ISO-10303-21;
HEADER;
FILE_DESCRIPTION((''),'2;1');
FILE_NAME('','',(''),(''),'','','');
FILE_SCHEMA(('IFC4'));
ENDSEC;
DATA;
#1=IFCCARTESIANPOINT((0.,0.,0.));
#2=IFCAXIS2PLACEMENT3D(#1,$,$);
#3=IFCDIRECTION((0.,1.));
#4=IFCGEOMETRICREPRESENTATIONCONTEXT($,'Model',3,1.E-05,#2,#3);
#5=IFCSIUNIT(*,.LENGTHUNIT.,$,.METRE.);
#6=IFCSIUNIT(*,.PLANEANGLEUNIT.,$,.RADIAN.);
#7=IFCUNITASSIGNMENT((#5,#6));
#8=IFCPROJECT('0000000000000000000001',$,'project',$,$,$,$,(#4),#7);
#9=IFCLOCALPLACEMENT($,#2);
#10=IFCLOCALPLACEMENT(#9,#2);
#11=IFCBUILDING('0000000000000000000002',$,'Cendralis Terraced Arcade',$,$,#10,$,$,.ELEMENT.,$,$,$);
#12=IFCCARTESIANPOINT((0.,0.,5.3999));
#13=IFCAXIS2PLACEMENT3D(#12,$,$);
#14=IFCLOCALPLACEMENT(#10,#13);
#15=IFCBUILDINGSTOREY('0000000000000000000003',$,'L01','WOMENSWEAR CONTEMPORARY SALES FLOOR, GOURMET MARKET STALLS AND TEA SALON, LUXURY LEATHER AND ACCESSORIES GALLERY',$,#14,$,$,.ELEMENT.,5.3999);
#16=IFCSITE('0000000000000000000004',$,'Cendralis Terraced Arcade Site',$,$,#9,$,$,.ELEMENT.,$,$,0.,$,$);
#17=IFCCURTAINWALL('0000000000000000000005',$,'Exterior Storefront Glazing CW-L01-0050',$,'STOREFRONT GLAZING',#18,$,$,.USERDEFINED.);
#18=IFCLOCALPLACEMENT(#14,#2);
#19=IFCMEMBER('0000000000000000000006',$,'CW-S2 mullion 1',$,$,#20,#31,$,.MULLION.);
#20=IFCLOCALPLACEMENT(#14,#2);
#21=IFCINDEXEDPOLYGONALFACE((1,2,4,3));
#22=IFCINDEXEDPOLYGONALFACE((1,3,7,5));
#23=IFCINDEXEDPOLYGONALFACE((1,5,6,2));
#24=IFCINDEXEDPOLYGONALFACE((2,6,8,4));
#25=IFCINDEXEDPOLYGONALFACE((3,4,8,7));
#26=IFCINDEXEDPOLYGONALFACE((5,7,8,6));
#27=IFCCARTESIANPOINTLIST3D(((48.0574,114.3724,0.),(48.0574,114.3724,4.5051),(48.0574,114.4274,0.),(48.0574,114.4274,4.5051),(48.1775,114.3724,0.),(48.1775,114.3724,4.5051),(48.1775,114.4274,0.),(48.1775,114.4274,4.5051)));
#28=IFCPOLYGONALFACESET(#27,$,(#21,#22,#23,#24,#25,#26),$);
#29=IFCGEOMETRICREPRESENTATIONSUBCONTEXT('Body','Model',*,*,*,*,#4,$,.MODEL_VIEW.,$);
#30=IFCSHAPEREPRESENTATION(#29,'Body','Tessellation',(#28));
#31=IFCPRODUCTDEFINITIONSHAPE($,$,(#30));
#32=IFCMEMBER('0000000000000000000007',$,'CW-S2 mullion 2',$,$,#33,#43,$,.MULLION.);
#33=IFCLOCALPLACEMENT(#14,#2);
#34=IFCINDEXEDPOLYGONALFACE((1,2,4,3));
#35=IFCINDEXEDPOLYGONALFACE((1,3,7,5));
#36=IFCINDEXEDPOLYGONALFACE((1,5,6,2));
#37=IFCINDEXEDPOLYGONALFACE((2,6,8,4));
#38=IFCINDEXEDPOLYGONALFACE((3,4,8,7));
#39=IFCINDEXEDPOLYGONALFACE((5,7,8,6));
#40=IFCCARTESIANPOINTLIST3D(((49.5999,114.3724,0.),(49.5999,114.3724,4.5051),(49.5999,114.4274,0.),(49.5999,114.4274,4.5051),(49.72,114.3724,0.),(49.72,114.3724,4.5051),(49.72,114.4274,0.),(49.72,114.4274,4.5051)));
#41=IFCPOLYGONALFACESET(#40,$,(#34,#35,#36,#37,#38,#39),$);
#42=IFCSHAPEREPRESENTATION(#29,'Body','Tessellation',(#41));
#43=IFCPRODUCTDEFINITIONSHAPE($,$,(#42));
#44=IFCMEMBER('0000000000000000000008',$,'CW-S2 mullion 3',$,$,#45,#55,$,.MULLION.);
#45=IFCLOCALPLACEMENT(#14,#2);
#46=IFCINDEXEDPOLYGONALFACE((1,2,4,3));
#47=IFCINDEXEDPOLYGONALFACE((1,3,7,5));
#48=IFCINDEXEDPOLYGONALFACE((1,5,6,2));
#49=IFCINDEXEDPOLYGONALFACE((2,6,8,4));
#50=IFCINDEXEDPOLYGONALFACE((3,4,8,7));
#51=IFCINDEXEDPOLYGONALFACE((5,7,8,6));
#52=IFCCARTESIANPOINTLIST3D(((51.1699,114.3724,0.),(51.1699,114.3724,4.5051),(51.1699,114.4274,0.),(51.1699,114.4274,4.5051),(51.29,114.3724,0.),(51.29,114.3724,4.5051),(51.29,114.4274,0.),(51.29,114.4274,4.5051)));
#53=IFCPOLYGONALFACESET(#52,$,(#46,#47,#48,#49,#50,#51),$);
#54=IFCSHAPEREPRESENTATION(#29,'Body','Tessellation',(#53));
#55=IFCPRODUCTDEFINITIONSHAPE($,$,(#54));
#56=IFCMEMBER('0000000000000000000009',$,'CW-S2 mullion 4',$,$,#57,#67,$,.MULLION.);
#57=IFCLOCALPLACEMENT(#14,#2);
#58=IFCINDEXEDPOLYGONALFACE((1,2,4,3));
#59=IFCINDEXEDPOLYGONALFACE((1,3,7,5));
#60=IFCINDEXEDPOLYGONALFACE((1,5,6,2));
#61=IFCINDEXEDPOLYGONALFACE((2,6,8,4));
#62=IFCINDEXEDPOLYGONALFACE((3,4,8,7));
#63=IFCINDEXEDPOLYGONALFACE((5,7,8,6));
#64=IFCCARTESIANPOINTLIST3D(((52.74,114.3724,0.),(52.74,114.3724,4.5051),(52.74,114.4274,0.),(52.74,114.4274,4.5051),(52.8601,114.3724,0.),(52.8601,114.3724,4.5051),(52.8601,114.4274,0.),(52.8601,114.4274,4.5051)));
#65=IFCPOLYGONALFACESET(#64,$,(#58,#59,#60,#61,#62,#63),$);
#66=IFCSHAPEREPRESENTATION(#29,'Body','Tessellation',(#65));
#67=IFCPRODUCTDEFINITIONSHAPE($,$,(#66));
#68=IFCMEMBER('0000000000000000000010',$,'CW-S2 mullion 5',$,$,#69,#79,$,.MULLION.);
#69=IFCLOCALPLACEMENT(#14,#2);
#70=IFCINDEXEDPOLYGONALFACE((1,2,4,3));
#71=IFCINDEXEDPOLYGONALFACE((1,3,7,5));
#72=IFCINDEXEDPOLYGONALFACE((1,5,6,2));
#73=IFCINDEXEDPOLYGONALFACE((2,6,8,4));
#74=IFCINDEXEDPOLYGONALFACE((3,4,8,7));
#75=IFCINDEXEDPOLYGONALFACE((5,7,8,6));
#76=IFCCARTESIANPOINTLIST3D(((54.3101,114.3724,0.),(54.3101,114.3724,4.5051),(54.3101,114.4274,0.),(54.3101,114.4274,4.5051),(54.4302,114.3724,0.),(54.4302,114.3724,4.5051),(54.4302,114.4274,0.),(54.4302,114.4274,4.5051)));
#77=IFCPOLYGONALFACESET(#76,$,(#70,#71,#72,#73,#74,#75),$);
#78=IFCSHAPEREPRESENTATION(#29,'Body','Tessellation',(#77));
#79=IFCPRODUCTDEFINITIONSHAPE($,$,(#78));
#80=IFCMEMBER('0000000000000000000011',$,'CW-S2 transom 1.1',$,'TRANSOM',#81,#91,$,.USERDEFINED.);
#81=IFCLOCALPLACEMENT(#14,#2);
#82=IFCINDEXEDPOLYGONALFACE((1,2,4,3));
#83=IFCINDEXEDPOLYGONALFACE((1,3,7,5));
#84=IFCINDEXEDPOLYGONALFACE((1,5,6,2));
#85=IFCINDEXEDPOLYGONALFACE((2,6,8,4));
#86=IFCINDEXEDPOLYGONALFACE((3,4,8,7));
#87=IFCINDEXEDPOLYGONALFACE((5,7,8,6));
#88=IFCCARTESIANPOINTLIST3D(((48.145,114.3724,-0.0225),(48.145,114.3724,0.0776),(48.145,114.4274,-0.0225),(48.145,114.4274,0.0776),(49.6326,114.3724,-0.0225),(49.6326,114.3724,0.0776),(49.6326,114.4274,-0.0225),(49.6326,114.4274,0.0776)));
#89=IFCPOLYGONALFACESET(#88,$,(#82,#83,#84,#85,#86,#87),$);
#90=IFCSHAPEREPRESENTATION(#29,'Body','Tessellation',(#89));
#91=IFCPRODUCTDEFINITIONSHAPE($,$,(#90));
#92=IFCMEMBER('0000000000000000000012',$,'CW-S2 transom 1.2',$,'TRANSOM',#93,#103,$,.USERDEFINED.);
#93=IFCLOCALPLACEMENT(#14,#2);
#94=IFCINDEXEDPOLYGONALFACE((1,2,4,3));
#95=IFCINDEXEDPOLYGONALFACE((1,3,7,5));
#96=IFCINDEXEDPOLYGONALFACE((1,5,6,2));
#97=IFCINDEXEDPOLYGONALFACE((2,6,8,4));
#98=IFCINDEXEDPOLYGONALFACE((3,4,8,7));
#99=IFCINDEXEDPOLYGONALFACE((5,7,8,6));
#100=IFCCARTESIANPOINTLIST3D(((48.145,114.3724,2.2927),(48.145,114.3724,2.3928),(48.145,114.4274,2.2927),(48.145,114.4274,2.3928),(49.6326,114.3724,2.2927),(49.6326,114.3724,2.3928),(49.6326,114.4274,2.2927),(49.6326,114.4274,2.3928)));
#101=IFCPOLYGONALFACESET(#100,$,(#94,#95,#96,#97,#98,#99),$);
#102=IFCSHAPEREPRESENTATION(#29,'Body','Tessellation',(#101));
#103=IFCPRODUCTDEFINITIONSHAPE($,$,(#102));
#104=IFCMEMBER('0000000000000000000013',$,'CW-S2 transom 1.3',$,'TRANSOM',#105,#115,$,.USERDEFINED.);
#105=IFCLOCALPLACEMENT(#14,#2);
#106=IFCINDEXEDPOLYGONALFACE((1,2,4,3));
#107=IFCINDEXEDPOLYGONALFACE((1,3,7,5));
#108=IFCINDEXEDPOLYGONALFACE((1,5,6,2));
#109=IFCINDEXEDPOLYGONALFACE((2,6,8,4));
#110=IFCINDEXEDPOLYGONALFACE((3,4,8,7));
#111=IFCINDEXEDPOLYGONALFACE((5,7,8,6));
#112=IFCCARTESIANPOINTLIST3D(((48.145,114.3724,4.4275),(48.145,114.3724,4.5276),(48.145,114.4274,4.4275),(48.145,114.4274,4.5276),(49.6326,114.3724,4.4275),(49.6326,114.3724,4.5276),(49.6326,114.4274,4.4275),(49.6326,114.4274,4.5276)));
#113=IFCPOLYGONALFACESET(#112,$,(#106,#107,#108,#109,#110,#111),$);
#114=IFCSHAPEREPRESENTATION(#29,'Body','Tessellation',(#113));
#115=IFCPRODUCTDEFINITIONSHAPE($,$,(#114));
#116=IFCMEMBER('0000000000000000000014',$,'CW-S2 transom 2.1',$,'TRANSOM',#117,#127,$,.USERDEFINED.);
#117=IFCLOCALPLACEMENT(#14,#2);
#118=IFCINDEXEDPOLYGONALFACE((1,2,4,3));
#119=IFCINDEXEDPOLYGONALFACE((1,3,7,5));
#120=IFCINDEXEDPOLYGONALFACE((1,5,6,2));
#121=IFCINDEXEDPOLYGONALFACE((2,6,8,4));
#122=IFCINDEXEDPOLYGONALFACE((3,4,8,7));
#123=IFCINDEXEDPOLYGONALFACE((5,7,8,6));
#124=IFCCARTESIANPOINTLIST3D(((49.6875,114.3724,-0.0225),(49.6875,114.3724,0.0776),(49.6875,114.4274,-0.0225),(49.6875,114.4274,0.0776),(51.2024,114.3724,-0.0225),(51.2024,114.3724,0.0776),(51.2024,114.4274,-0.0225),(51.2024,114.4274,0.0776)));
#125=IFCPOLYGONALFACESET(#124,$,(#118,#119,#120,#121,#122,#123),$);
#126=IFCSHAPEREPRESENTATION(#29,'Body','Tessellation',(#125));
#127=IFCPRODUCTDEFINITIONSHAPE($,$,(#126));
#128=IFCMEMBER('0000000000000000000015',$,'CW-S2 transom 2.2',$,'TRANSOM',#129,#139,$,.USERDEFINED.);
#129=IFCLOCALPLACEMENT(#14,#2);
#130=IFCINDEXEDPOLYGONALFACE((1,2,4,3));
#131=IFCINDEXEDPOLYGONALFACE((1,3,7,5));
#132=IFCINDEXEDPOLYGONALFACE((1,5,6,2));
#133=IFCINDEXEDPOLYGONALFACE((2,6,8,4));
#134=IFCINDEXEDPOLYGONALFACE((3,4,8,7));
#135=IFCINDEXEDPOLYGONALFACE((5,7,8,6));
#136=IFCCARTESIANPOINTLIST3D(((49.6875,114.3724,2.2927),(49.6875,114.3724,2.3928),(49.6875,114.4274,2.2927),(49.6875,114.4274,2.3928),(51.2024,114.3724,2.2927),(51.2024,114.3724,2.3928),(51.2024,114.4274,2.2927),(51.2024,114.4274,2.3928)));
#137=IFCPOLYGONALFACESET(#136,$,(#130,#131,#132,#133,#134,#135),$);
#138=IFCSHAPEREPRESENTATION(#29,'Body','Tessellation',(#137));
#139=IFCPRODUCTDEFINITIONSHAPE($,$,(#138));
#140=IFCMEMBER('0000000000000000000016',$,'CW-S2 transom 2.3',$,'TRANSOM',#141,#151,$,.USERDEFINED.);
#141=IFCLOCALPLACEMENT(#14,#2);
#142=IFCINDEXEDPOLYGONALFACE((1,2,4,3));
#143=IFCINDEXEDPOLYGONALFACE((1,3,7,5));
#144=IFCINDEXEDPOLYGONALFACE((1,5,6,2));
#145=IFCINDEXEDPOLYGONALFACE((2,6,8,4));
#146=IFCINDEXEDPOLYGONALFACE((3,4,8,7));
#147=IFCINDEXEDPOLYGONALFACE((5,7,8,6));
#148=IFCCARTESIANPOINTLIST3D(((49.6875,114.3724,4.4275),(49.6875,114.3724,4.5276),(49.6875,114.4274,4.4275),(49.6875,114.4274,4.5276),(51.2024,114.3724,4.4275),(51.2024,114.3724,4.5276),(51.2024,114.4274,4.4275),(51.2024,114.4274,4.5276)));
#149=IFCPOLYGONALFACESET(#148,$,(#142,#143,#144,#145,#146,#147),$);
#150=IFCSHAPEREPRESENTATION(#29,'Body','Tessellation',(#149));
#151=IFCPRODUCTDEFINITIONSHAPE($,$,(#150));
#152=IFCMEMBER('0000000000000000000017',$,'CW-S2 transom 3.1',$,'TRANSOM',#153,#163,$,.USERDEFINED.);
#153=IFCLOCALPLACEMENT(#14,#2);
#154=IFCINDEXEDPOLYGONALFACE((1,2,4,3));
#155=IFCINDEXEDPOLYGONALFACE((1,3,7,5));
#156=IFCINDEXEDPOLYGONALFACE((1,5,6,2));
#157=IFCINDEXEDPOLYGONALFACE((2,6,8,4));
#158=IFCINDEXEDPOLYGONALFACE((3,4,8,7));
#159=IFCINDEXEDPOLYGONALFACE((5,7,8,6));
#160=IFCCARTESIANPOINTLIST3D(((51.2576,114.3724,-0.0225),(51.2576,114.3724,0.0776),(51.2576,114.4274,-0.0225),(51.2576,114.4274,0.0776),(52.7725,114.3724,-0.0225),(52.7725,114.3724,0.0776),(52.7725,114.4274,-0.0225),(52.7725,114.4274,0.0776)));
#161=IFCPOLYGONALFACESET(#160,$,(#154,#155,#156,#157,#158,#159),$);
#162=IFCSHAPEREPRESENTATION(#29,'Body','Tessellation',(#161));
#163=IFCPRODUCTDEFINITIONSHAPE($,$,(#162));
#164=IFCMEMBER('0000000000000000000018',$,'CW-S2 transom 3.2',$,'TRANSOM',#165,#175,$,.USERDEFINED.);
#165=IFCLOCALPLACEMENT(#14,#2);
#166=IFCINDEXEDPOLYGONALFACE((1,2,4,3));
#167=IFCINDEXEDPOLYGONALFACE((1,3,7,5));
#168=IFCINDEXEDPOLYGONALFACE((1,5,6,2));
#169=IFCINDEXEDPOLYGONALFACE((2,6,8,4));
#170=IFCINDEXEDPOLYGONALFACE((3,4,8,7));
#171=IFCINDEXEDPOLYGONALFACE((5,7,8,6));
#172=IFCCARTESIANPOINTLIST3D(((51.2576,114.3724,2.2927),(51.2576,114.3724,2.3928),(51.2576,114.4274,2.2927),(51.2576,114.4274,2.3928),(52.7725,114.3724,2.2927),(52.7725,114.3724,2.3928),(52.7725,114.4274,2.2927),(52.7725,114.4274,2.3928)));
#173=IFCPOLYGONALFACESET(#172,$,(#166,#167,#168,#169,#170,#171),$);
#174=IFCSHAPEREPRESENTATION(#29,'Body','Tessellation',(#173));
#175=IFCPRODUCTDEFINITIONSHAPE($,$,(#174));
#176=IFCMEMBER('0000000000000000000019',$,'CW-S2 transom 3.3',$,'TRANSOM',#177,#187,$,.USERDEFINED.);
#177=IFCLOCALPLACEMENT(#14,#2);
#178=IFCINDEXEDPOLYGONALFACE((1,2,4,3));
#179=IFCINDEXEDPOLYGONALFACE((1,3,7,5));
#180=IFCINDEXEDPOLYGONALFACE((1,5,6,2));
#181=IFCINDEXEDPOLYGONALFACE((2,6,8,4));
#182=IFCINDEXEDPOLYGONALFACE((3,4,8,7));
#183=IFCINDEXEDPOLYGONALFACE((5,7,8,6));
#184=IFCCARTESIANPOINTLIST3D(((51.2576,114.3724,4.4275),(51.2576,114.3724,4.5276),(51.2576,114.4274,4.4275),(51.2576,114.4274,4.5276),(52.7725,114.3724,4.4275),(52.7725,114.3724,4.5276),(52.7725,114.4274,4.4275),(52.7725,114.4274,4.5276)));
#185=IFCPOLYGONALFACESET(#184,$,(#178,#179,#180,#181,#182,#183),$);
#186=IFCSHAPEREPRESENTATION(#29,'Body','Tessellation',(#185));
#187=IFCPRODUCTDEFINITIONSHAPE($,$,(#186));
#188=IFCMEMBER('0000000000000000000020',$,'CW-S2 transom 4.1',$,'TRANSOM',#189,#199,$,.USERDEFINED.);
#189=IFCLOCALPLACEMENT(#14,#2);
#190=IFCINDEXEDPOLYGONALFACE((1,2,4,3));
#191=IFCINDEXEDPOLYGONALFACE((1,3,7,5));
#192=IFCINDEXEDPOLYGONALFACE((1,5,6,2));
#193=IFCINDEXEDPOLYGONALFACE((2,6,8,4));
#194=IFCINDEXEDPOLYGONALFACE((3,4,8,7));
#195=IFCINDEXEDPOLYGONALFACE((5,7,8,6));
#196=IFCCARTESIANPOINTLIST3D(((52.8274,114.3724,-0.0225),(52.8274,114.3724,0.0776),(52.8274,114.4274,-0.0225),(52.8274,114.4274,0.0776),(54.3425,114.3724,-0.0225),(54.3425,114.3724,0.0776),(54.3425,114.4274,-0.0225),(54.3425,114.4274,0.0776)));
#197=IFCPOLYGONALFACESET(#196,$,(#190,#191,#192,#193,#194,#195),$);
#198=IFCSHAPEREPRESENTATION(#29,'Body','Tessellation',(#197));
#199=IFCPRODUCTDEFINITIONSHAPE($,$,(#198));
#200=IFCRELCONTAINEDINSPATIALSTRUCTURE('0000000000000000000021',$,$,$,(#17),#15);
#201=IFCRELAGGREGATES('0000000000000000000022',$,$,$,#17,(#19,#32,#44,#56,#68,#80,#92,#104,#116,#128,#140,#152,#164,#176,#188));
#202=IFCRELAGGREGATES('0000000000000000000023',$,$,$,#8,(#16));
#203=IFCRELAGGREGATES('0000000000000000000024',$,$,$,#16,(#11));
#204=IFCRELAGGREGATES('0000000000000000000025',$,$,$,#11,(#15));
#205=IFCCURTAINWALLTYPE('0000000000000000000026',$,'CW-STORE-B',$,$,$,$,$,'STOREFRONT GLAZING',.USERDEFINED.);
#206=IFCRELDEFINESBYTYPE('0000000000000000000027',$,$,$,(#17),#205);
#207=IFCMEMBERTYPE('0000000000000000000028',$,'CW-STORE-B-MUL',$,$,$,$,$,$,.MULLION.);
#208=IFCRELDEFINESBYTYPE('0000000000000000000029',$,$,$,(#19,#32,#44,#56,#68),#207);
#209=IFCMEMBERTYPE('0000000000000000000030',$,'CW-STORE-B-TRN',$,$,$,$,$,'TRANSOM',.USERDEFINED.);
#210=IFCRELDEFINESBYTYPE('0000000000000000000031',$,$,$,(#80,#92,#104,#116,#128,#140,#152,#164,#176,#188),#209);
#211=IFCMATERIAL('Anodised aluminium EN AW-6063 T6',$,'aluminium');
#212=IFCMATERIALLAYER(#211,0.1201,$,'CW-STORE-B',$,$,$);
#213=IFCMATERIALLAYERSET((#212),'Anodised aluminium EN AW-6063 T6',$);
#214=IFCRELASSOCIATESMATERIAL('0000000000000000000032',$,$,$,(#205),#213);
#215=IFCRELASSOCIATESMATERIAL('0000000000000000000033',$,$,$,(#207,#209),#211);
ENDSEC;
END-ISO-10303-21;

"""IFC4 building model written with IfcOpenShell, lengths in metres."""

from ifc_helpers import new_model, si_unit, direction, frame, origin, origin_2d, place, context, subcontext, project, spatial, rectangle, extrude, material, layer, layer_set, material_profile, profile_set, type_object, element, aggregate, save


model = new_model("IFC4")

# Units and contexts
model_context = context("Model", 3, precision=1e-05, world=origin(), true_north=direction((0.0, 1.0)))
body_context = subcontext(model_context, "Body", "Model", "MODEL_VIEW")
ifc_project = project(units=[si_unit("LENGTHUNIT", "METRE"), si_unit("PLANEANGLEUNIT", "RADIAN")], contexts=[model_context])

# Site, building, storey
site_placement = place(None, origin())
site = spatial("IfcSite", under=ifc_project, at=site_placement, Name="Cendralis Terraced Arcade Site", CompositionType="ELEMENT", RefElevation=0.0)
building_placement = place(site_placement, origin())
building = spatial("IfcBuilding", under=site, at=building_placement, Name="Cendralis Terraced Arcade", CompositionType="ELEMENT")
storey_placement = place(building_placement, frame((0.0, 0.0, 5.3999)))
storey = spatial("IfcBuildingStorey", under=building, at=storey_placement, Name="L01", Description="WOMENSWEAR CONTEMPORARY SALES FLOOR, GOURMET MARKET STALLS AND TEA SALON, LUXURY LEATHER AND ACCESSORIES GALLERY", CompositionType="ELEMENT", Elevation=5.3999)

# Curtain wall, members
ifc_material_1 = material(Name="Anodised aluminium EN AW-6063 T6", Category="aluminium")
ifc_layer_1 = layer(ifc_material_1, 0.1201, Name="CW-STORE-B")
ifc_layer_set_1 = layer_set([ifc_layer_1], Name="Anodised aluminium EN AW-6063 T6")
curtain_wall_type = type_object("IfcCurtainWallType", Name="CW-STORE-B", ElementType="STOREFRONT GLAZING", PredefinedType="USERDEFINED", material=ifc_layer_set_1)
curtain_wall_placement = place(storey_placement, origin())
curtain_wall = element("IfcCurtainWall", 1, at=curtain_wall_placement, inside=storey, type_object=curtain_wall_type, Name="Exterior Storefront Glazing CW-L01-0050", ObjectType="STOREFRONT GLAZING", PredefinedType="USERDEFINED")
ifc_material_profile_1 = material_profile(ifc_material_1, rectangle(XDim=0.0549, YDim=0.1201, at=origin_2d()), Name="ALU-MUL-55x120")
ifc_profile_set_1 = profile_set([ifc_material_profile_1], Name="Anodised aluminium EN AW-6063 T6")
member_type_1 = type_object("IfcMemberType", Name="CW-STORE-B-MUL", PredefinedType="MULLION", material=ifc_profile_set_1)
member_1_placement = place(storey_placement, frame((48.1174, 114.3999, 0.0), z_axis=(0.0, 0.0, 1.0), x_axis=(0.0, 1.0, 0.0)))
member_1 = element("IfcMember", 2, at=member_1_placement, type_object=member_type_1, Name="CW-S2 mullion 1", PredefinedType="MULLION", context=body_context, shape_type="SweptSolid", body=[
    extrude(rectangle(XDim=0.0549, YDim=0.1201, at=origin_2d()), origin(), (0.0, 0.0, 1.0), 4.5051),
])
member_2_placement = place(storey_placement, frame((49.6599, 114.3999, 0.0), z_axis=(0.0, 0.0, 1.0), x_axis=(0.0, 1.0, 0.0)))
member_2 = element("IfcMember", 3, at=member_2_placement, type_object=member_type_1, Name="CW-S2 mullion 2", PredefinedType="MULLION", context=body_context, shape_type="SweptSolid", body=[
    extrude(rectangle(XDim=0.0549, YDim=0.1201, at=origin_2d()), origin(), (0.0, 0.0, 1.0), 4.5051),
])
member_3_placement = place(storey_placement, frame((51.23, 114.3999, 0.0), z_axis=(0.0, 0.0, 1.0), x_axis=(0.0, 1.0, 0.0)))
member_3 = element("IfcMember", 4, at=member_3_placement, type_object=member_type_1, Name="CW-S2 mullion 3", PredefinedType="MULLION", context=body_context, shape_type="SweptSolid", body=[
    extrude(rectangle(XDim=0.0549, YDim=0.1201, at=origin_2d()), origin(), (0.0, 0.0, 1.0), 4.5051),
])
member_4_placement = place(storey_placement, frame((52.8, 114.3999, 0.0), z_axis=(0.0, 0.0, 1.0), x_axis=(0.0, 1.0, 0.0)))
member_4 = element("IfcMember", 5, at=member_4_placement, type_object=member_type_1, Name="CW-S2 mullion 4", PredefinedType="MULLION", context=body_context, shape_type="SweptSolid", body=[
    extrude(rectangle(XDim=0.0549, YDim=0.1201, at=origin_2d()), origin(), (0.0, 0.0, 1.0), 4.5051),
])
member_5_placement = place(storey_placement, frame((54.3701, 114.3999, 0.0), z_axis=(0.0, 0.0, 1.0), x_axis=(0.0, 1.0, 0.0)))
member_5 = element("IfcMember", 6, at=member_5_placement, type_object=member_type_1, Name="CW-S2 mullion 5", PredefinedType="MULLION", context=body_context, shape_type="SweptSolid", body=[
    extrude(rectangle(XDim=0.0549, YDim=0.1201, at=origin_2d()), origin(), (0.0, 0.0, 1.0), 4.5051),
])
ifc_material_profile_2 = material_profile(ifc_material_1, rectangle(XDim=0.0549, YDim=0.1001, at=origin_2d()), Name="ALU-TRN-55x100")
ifc_profile_set_2 = profile_set([ifc_material_profile_2], Name="Anodised aluminium EN AW-6063 T6")
member_type_2 = type_object("IfcMemberType", Name="CW-STORE-B-TRN", ElementType="TRANSOM", PredefinedType="USERDEFINED", material=ifc_profile_set_2)
member_6_placement = place(storey_placement, frame((48.145, 114.3999, 0.0276), z_axis=(1.0, 0.0, 0.0), x_axis=(0.0, 1.0, 0.0)))
member_6 = element("IfcMember", 7, at=member_6_placement, type_object=member_type_2, Name="CW-S2 transom 1.1", ObjectType="TRANSOM", PredefinedType="USERDEFINED", context=body_context, shape_type="SweptSolid", body=[
    extrude(rectangle(XDim=0.0549, YDim=0.1001, at=origin_2d()), origin(), (0.0, 0.0, 1.0), 1.4875),
])
member_7_placement = place(storey_placement, frame((48.145, 114.3999, 2.3428), z_axis=(1.0, 0.0, 0.0), x_axis=(0.0, 1.0, 0.0)))
member_7 = element("IfcMember", 8, at=member_7_placement, type_object=member_type_2, Name="CW-S2 transom 1.2", ObjectType="TRANSOM", PredefinedType="USERDEFINED", context=body_context, shape_type="SweptSolid", body=[
    extrude(rectangle(XDim=0.0549, YDim=0.1001, at=origin_2d()), origin(), (0.0, 0.0, 1.0), 1.4875),
])
member_8_placement = place(storey_placement, frame((48.145, 114.3999, 4.4775), z_axis=(1.0, 0.0, 0.0), x_axis=(0.0, 1.0, 0.0)))
member_8 = element("IfcMember", 9, at=member_8_placement, type_object=member_type_2, Name="CW-S2 transom 1.3", ObjectType="TRANSOM", PredefinedType="USERDEFINED", context=body_context, shape_type="SweptSolid", body=[
    extrude(rectangle(XDim=0.0549, YDim=0.1001, at=origin_2d()), origin(), (0.0, 0.0, 1.0), 1.4875),
])
member_9_placement = place(storey_placement, frame((49.6875, 114.3999, 0.0276), z_axis=(1.0, 0.0, 0.0), x_axis=(0.0, 1.0, 0.0)))
member_9 = element("IfcMember", 10, at=member_9_placement, type_object=member_type_2, Name="CW-S2 transom 2.1", ObjectType="TRANSOM", PredefinedType="USERDEFINED", context=body_context, shape_type="SweptSolid", body=[
    extrude(rectangle(XDim=0.0549, YDim=0.1001, at=origin_2d()), origin(), (0.0, 0.0, 1.0), 1.5149),
])
member_10_placement = place(storey_placement, frame((49.6875, 114.3999, 2.3428), z_axis=(1.0, 0.0, 0.0), x_axis=(0.0, 1.0, 0.0)))
member_10 = element("IfcMember", 11, at=member_10_placement, type_object=member_type_2, Name="CW-S2 transom 2.2", ObjectType="TRANSOM", PredefinedType="USERDEFINED", context=body_context, shape_type="SweptSolid", body=[
    extrude(rectangle(XDim=0.0549, YDim=0.1001, at=origin_2d()), origin(), (0.0, 0.0, 1.0), 1.5149),
])
member_11_placement = place(storey_placement, frame((49.6875, 114.3999, 4.4775), z_axis=(1.0, 0.0, 0.0), x_axis=(0.0, 1.0, 0.0)))
member_11 = element("IfcMember", 12, at=member_11_placement, type_object=member_type_2, Name="CW-S2 transom 2.3", ObjectType="TRANSOM", PredefinedType="USERDEFINED", context=body_context, shape_type="SweptSolid", body=[
    extrude(rectangle(XDim=0.0549, YDim=0.1001, at=origin_2d()), origin(), (0.0, 0.0, 1.0), 1.5149),
])
member_12_placement = place(storey_placement, frame((51.2576, 114.3999, 0.0276), z_axis=(1.0, 0.0, 0.0), x_axis=(0.0, 1.0, 0.0)))
member_12 = element("IfcMember", 13, at=member_12_placement, type_object=member_type_2, Name="CW-S2 transom 3.1", ObjectType="TRANSOM", PredefinedType="USERDEFINED", context=body_context, shape_type="SweptSolid", body=[
    extrude(rectangle(XDim=0.0549, YDim=0.1001, at=origin_2d()), origin(), (0.0, 0.0, 1.0), 1.5149),
])
member_13_placement = place(storey_placement, frame((51.2576, 114.3999, 2.3428), z_axis=(1.0, 0.0, 0.0), x_axis=(0.0, 1.0, 0.0)))
member_13 = element("IfcMember", 14, at=member_13_placement, type_object=member_type_2, Name="CW-S2 transom 3.2", ObjectType="TRANSOM", PredefinedType="USERDEFINED", context=body_context, shape_type="SweptSolid", body=[
    extrude(rectangle(XDim=0.0549, YDim=0.1001, at=origin_2d()), origin(), (0.0, 0.0, 1.0), 1.5149),
])
member_14_placement = place(storey_placement, frame((51.2576, 114.3999, 4.4775), z_axis=(1.0, 0.0, 0.0), x_axis=(0.0, 1.0, 0.0)))
member_14 = element("IfcMember", 15, at=member_14_placement, type_object=member_type_2, Name="CW-S2 transom 3.3", ObjectType="TRANSOM", PredefinedType="USERDEFINED", context=body_context, shape_type="SweptSolid", body=[
    extrude(rectangle(XDim=0.0549, YDim=0.1001, at=origin_2d()), origin(), (0.0, 0.0, 1.0), 1.5149),
])
member_15_placement = place(storey_placement, frame((52.8274, 114.3999, 0.0276), z_axis=(1.0, 0.0, 0.0), x_axis=(0.0, 1.0, 0.0)))
member_15 = element("IfcMember", 16, at=member_15_placement, type_object=member_type_2, Name="CW-S2 transom 4.1", ObjectType="TRANSOM", PredefinedType="USERDEFINED", context=body_context, shape_type="SweptSolid", body=[
    extrude(rectangle(XDim=0.0549, YDim=0.1001, at=origin_2d()), origin(), (0.0, 0.0, 1.0), 1.5151),
])
aggregate(curtain_wall, [member_1, member_2, member_3, member_4, member_5, member_6, member_7, member_8, member_9, member_10, member_11, member_12, member_13, member_14, member_15])

save(model, "model.ifc")
